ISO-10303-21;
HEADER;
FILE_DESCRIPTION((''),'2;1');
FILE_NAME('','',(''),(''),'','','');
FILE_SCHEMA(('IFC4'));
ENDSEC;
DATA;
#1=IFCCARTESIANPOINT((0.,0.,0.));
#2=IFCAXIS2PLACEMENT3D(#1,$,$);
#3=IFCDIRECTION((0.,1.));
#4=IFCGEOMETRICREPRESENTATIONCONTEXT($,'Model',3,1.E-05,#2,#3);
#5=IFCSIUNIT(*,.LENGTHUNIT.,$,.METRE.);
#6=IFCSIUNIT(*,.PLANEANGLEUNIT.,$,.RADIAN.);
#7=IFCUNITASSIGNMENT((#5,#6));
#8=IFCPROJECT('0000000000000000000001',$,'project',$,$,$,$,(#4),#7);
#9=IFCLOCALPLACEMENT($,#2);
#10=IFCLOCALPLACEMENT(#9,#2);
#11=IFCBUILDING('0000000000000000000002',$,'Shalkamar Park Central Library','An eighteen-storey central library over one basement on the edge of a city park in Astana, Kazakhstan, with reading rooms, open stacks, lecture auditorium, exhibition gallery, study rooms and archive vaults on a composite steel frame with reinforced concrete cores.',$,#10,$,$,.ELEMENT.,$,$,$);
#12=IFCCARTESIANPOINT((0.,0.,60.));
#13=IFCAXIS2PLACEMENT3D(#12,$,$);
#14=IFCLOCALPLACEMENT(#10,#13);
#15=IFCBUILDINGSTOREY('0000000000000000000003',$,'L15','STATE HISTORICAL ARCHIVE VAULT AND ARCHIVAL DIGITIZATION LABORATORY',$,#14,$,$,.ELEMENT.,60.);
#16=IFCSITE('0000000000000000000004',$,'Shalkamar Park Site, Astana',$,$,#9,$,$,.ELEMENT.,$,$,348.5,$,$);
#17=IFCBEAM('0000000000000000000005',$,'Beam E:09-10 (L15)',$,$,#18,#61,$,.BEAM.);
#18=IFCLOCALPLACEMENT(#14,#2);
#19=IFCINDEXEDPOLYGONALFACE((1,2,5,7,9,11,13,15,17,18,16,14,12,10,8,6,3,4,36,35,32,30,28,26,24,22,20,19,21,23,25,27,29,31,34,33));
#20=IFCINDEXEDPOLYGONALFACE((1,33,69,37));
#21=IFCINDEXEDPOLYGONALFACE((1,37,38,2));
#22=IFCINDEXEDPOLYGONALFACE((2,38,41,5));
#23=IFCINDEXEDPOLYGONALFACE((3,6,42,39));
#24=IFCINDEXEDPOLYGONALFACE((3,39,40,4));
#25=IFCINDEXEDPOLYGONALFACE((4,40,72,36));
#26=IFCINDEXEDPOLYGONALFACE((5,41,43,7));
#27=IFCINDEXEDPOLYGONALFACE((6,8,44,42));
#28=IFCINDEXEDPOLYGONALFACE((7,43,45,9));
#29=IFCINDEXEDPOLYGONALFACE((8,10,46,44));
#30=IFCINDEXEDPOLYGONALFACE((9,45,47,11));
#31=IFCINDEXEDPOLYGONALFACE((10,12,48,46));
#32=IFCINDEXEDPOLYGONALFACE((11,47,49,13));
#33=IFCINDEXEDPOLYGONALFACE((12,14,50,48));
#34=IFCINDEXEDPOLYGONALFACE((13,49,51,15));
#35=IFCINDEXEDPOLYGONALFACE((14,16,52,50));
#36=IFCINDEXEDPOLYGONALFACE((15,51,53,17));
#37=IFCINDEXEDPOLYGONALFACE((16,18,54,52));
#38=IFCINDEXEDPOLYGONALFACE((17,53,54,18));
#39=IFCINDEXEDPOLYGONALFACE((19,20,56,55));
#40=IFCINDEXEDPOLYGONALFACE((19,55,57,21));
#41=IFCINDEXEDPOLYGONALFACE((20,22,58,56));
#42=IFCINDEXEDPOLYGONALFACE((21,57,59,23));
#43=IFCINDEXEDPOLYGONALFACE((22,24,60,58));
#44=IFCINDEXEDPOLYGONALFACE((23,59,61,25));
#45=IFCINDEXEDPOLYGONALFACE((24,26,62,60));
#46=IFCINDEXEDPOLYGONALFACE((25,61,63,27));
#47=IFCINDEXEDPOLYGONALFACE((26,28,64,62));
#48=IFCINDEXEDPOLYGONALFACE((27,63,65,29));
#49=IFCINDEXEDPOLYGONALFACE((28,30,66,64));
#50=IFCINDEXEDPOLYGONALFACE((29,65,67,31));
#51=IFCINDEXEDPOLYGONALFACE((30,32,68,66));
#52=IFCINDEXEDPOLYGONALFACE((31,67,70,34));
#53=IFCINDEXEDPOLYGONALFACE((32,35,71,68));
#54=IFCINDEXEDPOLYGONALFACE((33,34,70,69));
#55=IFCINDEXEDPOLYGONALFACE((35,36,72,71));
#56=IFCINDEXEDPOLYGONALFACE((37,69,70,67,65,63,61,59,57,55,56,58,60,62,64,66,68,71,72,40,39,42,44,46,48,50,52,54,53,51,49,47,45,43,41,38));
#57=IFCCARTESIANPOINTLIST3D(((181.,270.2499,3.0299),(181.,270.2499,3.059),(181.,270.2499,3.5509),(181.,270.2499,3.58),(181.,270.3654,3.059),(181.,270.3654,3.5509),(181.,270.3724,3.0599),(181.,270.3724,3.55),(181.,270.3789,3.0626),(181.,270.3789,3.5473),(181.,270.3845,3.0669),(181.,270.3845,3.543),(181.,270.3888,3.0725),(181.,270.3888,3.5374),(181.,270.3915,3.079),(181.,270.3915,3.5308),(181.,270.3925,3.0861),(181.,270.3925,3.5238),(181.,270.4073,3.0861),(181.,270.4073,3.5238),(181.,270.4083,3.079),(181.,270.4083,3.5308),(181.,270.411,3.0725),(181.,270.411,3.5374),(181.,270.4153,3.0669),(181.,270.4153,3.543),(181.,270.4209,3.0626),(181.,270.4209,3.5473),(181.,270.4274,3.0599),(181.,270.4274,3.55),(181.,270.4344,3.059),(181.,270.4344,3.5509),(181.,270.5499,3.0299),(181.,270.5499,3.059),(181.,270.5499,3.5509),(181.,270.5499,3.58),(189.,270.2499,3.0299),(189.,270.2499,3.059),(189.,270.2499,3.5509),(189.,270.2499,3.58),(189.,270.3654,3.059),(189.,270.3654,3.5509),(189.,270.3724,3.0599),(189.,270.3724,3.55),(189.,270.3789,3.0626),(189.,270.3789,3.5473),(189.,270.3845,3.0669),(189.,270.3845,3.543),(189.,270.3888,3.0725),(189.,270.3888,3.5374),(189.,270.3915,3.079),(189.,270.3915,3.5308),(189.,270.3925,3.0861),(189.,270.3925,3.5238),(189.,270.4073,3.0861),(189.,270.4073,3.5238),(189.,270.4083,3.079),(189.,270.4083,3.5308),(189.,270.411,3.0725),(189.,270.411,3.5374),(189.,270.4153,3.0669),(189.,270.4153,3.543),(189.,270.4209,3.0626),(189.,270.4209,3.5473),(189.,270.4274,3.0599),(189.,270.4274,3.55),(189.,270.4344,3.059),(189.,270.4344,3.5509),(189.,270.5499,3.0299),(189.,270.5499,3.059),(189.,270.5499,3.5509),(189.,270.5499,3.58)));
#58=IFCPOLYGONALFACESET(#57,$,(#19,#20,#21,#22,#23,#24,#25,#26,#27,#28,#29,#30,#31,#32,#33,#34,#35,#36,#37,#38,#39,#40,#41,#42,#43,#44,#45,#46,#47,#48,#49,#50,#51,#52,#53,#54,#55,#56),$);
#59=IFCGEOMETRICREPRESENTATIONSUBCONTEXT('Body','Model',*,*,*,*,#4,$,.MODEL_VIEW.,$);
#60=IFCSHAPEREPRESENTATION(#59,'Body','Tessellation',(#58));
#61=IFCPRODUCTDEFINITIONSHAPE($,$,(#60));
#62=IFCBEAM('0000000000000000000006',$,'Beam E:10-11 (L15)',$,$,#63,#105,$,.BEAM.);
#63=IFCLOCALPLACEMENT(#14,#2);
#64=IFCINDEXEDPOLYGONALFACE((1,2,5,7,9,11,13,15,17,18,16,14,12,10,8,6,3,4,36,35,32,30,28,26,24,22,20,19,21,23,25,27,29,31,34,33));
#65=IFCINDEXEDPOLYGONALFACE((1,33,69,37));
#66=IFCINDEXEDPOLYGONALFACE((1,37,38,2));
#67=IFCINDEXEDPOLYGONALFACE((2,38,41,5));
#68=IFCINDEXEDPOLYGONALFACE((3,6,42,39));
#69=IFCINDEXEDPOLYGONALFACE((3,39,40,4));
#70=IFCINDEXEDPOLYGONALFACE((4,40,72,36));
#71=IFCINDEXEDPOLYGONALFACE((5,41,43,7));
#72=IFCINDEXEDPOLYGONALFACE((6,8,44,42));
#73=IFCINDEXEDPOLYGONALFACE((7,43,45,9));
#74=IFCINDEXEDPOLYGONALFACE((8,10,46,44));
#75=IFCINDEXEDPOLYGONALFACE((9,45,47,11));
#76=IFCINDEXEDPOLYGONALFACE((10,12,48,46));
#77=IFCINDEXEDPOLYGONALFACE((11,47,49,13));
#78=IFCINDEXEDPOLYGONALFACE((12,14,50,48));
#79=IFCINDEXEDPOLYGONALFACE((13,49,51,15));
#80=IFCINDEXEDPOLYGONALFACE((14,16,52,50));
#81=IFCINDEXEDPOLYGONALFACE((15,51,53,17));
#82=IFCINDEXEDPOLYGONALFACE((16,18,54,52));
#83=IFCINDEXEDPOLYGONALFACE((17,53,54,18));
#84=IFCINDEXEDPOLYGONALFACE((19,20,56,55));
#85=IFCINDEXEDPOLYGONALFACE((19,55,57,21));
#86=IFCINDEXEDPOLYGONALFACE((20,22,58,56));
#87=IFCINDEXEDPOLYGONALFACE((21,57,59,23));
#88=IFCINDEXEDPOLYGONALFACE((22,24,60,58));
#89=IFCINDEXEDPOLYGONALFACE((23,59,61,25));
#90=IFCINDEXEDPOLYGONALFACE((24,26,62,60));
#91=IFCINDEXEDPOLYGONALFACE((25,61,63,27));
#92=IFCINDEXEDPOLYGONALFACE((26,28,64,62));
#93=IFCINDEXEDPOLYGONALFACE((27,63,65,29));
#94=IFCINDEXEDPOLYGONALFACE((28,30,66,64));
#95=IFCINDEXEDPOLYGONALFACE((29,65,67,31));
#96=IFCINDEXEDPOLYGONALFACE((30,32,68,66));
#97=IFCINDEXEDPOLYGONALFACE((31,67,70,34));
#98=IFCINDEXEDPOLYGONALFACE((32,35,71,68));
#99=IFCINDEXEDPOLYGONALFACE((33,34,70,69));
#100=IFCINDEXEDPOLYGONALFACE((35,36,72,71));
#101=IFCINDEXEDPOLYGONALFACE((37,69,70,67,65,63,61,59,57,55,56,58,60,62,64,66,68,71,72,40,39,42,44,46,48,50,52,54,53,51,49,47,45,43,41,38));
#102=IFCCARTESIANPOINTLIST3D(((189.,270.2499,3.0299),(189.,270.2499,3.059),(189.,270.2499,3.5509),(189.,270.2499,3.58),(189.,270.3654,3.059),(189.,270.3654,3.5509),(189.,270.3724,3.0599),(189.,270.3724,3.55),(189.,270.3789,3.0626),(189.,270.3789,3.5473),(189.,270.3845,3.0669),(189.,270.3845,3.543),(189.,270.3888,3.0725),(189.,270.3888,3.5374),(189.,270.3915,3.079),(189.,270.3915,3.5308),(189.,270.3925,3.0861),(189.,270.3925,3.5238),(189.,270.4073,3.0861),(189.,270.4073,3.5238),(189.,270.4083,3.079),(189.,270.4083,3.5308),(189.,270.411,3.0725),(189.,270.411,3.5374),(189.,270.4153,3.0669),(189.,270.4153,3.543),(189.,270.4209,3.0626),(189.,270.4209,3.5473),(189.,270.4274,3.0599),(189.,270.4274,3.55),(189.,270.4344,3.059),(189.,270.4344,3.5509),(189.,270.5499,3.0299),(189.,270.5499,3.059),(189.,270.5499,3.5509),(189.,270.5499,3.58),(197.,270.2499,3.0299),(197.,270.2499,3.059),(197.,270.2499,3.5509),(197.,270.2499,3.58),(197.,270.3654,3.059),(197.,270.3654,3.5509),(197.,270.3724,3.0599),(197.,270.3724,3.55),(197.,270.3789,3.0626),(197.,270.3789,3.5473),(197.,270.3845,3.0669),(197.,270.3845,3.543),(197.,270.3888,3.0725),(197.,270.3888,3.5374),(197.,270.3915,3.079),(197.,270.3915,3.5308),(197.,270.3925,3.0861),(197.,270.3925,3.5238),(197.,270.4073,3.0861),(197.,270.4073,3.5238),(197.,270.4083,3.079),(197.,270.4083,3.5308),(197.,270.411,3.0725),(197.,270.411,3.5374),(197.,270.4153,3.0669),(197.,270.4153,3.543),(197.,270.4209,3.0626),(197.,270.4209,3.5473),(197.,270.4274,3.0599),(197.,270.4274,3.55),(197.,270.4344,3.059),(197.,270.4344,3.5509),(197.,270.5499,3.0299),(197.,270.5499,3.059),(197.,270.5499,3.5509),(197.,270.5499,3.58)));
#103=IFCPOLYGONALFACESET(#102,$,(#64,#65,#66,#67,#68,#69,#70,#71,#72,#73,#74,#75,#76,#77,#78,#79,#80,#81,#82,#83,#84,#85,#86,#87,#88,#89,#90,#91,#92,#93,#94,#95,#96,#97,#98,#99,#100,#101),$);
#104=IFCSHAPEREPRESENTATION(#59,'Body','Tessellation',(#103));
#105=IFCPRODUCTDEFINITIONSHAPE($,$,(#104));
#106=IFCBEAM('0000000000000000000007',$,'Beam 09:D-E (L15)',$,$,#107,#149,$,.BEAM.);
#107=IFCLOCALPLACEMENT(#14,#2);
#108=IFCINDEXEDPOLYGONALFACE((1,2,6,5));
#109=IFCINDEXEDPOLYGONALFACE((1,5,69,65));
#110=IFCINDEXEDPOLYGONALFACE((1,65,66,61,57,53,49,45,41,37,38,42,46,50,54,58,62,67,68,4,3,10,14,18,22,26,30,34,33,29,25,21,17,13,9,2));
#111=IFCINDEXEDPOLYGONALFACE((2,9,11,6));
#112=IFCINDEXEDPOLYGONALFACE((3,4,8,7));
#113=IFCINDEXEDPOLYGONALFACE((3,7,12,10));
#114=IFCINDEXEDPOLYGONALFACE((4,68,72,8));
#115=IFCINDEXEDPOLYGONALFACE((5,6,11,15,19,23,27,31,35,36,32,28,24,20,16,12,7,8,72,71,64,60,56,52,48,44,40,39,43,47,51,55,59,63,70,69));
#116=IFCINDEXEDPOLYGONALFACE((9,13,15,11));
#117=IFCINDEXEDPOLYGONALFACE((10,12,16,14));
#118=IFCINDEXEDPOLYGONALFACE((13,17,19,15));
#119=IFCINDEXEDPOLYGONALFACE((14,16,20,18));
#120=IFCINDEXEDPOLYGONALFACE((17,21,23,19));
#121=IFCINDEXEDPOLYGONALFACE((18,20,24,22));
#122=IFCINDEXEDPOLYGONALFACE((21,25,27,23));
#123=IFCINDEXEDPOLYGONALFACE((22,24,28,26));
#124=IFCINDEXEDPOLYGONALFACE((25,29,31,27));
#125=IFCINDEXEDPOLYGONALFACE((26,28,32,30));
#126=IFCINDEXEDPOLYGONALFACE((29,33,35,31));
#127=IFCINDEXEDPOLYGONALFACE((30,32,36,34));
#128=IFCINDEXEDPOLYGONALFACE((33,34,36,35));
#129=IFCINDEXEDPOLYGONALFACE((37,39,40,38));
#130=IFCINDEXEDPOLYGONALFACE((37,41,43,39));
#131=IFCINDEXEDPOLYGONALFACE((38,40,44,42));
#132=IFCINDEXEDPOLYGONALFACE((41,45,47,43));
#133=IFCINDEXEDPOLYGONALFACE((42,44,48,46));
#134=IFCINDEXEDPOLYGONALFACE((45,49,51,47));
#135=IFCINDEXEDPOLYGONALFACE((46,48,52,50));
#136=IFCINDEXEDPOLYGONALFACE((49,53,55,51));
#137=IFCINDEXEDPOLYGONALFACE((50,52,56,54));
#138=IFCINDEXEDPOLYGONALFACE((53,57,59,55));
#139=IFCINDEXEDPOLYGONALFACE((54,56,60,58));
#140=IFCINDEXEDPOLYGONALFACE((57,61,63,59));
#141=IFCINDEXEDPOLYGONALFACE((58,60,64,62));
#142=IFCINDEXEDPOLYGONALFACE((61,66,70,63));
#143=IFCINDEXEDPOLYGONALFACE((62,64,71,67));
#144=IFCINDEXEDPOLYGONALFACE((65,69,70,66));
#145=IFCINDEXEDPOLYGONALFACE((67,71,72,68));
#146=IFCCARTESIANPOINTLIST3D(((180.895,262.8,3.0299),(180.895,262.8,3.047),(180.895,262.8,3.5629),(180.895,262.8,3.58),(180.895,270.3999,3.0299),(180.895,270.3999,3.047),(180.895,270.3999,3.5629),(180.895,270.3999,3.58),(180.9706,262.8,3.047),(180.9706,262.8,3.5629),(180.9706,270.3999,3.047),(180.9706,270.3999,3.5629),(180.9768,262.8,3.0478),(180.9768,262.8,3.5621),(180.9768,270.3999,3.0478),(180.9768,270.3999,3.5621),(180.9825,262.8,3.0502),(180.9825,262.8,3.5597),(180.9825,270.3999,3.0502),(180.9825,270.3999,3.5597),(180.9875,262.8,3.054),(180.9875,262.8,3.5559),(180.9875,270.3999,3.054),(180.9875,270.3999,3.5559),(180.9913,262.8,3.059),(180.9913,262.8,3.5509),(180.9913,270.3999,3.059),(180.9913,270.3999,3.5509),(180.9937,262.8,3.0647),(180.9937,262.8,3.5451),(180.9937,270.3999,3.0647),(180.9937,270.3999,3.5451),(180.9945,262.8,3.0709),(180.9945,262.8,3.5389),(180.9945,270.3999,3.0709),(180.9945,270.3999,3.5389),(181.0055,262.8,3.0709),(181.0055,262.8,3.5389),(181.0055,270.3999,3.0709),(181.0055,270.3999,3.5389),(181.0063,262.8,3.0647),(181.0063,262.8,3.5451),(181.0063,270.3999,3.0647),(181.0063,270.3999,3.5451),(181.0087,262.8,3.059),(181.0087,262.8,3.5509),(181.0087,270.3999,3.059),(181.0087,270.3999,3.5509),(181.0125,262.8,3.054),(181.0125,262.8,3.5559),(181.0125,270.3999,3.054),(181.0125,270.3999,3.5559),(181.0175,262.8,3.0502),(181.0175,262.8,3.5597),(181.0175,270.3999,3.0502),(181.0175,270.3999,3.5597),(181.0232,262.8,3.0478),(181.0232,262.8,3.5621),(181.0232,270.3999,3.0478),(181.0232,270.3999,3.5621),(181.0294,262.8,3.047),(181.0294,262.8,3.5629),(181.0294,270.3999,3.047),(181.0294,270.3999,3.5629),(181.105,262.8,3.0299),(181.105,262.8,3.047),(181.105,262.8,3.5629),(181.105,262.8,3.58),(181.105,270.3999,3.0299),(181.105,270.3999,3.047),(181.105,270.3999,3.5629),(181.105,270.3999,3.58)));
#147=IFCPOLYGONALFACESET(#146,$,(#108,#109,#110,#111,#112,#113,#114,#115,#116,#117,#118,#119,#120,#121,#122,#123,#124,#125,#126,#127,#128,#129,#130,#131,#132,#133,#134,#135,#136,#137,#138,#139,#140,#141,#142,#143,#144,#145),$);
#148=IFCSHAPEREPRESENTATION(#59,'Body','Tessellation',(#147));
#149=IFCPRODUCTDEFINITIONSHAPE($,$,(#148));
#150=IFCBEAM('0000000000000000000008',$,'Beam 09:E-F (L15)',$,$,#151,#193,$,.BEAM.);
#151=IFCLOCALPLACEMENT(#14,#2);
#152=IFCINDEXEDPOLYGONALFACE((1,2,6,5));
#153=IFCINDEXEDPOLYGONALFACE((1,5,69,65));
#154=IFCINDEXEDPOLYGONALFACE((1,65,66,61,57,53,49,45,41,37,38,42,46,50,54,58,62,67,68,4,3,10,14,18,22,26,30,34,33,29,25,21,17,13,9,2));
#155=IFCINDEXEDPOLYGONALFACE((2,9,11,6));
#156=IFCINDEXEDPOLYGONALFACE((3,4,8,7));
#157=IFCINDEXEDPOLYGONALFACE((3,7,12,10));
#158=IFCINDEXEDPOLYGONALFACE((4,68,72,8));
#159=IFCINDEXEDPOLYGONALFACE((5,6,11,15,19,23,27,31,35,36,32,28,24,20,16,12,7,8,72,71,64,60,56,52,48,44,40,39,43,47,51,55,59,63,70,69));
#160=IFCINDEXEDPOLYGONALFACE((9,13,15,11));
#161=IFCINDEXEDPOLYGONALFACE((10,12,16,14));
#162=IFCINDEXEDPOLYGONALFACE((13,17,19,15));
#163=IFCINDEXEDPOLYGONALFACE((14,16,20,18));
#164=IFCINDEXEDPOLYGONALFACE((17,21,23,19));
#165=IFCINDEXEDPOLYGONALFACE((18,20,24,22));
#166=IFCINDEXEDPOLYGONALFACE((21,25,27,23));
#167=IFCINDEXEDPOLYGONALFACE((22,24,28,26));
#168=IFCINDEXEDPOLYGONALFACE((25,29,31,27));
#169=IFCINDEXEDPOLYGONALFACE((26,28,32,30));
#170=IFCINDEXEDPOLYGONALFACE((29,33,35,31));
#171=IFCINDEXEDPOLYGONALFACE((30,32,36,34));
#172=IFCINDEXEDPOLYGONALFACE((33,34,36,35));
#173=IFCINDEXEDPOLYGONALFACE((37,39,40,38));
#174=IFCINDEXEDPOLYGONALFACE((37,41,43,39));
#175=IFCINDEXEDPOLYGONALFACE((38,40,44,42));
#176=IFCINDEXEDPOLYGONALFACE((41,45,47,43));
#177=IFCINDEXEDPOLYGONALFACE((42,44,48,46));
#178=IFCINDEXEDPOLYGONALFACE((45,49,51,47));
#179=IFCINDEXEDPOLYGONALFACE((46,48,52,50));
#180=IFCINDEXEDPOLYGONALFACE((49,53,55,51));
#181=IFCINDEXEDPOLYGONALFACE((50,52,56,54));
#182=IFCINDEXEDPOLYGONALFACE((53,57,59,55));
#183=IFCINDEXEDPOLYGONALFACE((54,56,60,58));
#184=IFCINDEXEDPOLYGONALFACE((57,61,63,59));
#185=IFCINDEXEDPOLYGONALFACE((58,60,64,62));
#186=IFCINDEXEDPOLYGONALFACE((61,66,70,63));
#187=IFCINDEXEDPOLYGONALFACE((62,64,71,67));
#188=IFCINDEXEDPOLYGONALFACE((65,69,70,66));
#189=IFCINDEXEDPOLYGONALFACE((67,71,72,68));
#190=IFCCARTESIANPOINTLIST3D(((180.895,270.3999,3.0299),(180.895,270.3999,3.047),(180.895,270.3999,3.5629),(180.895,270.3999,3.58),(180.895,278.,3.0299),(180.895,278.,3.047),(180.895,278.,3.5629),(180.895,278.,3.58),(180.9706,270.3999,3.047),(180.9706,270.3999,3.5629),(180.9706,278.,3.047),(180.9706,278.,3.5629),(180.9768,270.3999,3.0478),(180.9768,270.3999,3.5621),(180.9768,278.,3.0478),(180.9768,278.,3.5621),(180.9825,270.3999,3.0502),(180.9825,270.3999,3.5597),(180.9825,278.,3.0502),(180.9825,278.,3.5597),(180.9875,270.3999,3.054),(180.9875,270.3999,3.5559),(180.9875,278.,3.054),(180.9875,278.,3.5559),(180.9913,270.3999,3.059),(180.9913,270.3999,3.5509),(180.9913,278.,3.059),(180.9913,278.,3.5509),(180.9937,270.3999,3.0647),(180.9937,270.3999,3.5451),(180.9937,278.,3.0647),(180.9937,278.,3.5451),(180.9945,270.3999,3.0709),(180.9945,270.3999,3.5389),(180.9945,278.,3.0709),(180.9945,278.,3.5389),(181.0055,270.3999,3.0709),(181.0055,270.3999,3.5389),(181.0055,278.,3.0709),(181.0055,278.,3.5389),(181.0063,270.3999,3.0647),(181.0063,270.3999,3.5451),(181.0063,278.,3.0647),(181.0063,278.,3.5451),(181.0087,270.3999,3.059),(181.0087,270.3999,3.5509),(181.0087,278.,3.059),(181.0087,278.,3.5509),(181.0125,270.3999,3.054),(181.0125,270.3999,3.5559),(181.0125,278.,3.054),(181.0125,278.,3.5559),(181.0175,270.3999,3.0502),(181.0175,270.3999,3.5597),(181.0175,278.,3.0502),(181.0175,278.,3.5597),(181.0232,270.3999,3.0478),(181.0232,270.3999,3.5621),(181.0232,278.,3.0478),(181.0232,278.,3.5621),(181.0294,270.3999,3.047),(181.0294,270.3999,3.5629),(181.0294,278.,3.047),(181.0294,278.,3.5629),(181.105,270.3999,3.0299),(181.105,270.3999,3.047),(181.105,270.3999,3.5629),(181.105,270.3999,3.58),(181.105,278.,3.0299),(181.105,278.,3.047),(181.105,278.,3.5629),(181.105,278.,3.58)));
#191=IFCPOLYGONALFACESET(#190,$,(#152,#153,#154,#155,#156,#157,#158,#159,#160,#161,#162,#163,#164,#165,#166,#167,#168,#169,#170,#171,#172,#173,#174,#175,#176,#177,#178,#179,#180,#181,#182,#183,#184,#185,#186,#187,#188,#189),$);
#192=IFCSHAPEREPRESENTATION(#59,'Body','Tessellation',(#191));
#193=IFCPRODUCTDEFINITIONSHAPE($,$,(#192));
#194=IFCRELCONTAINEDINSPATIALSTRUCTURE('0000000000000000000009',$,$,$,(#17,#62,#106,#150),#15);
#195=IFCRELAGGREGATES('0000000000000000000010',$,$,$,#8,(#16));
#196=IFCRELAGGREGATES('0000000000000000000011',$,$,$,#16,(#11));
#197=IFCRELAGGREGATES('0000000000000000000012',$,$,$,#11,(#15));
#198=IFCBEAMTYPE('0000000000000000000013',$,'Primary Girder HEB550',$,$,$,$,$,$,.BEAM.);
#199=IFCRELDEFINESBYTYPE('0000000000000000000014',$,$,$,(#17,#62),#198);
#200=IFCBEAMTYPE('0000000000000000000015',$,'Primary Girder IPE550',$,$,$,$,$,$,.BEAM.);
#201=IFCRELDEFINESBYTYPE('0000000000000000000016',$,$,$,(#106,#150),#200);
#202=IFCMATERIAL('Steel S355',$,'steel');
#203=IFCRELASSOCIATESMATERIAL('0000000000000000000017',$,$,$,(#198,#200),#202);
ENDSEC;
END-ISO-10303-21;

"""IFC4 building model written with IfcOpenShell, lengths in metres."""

from ifc_helpers import new_model, si_unit, direction, frame, origin, origin_2d, place, context, subcontext, project, spatial, i_section, extrude, material, material_profile, profile_set, type_object, element, save


model = new_model("IFC4")

# Units and contexts
model_context = context("Model", 3, precision=1e-05, world=origin(), true_north=direction((0.0, 1.0)))
body_context = subcontext(model_context, "Body", "Model", "MODEL_VIEW")
ifc_project = project(units=[si_unit("LENGTHUNIT", "METRE"), si_unit("PLANEANGLEUNIT", "RADIAN")], contexts=[model_context])

# Site, building, storey
site_placement = place(None, origin())
site = spatial("IfcSite", under=ifc_project, at=site_placement, Name="Shalkamar Park Site, Astana", CompositionType="ELEMENT", RefElevation=348.5)
building_placement = place(site_placement, origin())
building = spatial("IfcBuilding", under=site, at=building_placement, Name="Shalkamar Park Central Library", Description="An eighteen-storey central library over one basement on the edge of a city park in Astana, Kazakhstan, with reading rooms, open stacks, lecture auditorium, exhibition gallery, study rooms and archive vaults on a composite steel frame with reinforced concrete cores.", CompositionType="ELEMENT")
storey_placement = place(building_placement, frame((0.0, 0.0, 60.0)))
storey = spatial("IfcBuildingStorey", under=building, at=storey_placement, Name="L15", Description="STATE HISTORICAL ARCHIVE VAULT AND ARCHIVAL DIGITIZATION LABORATORY", CompositionType="ELEMENT", Elevation=60.0)

# Shared definitions
ifc_material_1 = material(Name="Steel S355", Category="steel")

# Beams
ifc_material_profile_1 = material_profile(ifc_material_1, i_section(OverallWidth=0.3, OverallDepth=0.55, WebThickness=0.0149, FlangeThickness=0.0291, FilletRadius=0.0271, at=origin_2d()), Name="HEB 550")
ifc_profile_set_1 = profile_set([ifc_material_profile_1], Name="Steel S355")
beam_type_1 = type_object("IfcBeamType", Name="Primary Girder HEB550", PredefinedType="BEAM", material=ifc_profile_set_1)
for number, where, z_axis, x_axis, name in (
    (1, (181.0, 270.3999, 3.3049), (1.0, 0.0, 0.0), (0.0, 1.0, 0.0), "Beam E:09-10 (L15)"),
    (2, (189.0, 270.3999, 3.3049), (1.0, 0.0, 0.0), (0.0, 1.0, 0.0), "Beam E:10-11 (L15)"),
):
    element("IfcBeam", number, at=place(storey_placement, frame(where, z_axis=z_axis, x_axis=x_axis)), inside=storey, type_object=beam_type_1, Name=name, PredefinedType="BEAM", context=body_context, shape_type="SweptSolid", body=[
        extrude(i_section(OverallWidth=0.3, OverallDepth=0.55, WebThickness=0.0149, FlangeThickness=0.0291, FilletRadius=0.0271, at=origin_2d()), origin(), (0.0, 0.0, 1.0), 8.0),
    ])
ifc_material_profile_2 = material_profile(ifc_material_1, i_section(OverallWidth=0.21, OverallDepth=0.55, WebThickness=0.011, FlangeThickness=0.0171, FilletRadius=0.0239, at=origin_2d()), Name="IPE 550")
ifc_profile_set_2 = profile_set([ifc_material_profile_2], Name="Steel S355")
beam_type_2 = type_object("IfcBeamType", Name="Primary Girder IPE550", PredefinedType="BEAM", material=ifc_profile_set_2)
beam_1_placement = place(storey_placement, frame((181.0, 262.8, 3.3049), z_axis=(0.0, 1.0, 0.0), x_axis=(-1.0, 0.0, 0.0)))
element("IfcBeam", 3, at=beam_1_placement, inside=storey, type_object=beam_type_2, Name="Beam 09:D-E (L15)", PredefinedType="BEAM", context=body_context, shape_type="SweptSolid", body=[
    extrude(i_section(OverallWidth=0.21, OverallDepth=0.55, WebThickness=0.011, FlangeThickness=0.0171, FilletRadius=0.0239, at=origin_2d()), origin(), (0.0, 0.0, 1.0), 7.5999),
])
beam_2_placement = place(storey_placement, frame((181.0, 270.3999, 3.3049), z_axis=(0.0, 1.0, 0.0), x_axis=(-1.0, 0.0, 0.0)))
element("IfcBeam", 4, at=beam_2_placement, inside=storey, type_object=beam_type_2, Name="Beam 09:E-F (L15)", PredefinedType="BEAM", context=body_context, shape_type="SweptSolid", body=[
    extrude(i_section(OverallWidth=0.21, OverallDepth=0.55, WebThickness=0.011, FlangeThickness=0.0171, FilletRadius=0.0239, at=origin_2d()), origin(), (0.0, 0.0, 1.0), 7.6001),
])

save(model, "model.ifc")
